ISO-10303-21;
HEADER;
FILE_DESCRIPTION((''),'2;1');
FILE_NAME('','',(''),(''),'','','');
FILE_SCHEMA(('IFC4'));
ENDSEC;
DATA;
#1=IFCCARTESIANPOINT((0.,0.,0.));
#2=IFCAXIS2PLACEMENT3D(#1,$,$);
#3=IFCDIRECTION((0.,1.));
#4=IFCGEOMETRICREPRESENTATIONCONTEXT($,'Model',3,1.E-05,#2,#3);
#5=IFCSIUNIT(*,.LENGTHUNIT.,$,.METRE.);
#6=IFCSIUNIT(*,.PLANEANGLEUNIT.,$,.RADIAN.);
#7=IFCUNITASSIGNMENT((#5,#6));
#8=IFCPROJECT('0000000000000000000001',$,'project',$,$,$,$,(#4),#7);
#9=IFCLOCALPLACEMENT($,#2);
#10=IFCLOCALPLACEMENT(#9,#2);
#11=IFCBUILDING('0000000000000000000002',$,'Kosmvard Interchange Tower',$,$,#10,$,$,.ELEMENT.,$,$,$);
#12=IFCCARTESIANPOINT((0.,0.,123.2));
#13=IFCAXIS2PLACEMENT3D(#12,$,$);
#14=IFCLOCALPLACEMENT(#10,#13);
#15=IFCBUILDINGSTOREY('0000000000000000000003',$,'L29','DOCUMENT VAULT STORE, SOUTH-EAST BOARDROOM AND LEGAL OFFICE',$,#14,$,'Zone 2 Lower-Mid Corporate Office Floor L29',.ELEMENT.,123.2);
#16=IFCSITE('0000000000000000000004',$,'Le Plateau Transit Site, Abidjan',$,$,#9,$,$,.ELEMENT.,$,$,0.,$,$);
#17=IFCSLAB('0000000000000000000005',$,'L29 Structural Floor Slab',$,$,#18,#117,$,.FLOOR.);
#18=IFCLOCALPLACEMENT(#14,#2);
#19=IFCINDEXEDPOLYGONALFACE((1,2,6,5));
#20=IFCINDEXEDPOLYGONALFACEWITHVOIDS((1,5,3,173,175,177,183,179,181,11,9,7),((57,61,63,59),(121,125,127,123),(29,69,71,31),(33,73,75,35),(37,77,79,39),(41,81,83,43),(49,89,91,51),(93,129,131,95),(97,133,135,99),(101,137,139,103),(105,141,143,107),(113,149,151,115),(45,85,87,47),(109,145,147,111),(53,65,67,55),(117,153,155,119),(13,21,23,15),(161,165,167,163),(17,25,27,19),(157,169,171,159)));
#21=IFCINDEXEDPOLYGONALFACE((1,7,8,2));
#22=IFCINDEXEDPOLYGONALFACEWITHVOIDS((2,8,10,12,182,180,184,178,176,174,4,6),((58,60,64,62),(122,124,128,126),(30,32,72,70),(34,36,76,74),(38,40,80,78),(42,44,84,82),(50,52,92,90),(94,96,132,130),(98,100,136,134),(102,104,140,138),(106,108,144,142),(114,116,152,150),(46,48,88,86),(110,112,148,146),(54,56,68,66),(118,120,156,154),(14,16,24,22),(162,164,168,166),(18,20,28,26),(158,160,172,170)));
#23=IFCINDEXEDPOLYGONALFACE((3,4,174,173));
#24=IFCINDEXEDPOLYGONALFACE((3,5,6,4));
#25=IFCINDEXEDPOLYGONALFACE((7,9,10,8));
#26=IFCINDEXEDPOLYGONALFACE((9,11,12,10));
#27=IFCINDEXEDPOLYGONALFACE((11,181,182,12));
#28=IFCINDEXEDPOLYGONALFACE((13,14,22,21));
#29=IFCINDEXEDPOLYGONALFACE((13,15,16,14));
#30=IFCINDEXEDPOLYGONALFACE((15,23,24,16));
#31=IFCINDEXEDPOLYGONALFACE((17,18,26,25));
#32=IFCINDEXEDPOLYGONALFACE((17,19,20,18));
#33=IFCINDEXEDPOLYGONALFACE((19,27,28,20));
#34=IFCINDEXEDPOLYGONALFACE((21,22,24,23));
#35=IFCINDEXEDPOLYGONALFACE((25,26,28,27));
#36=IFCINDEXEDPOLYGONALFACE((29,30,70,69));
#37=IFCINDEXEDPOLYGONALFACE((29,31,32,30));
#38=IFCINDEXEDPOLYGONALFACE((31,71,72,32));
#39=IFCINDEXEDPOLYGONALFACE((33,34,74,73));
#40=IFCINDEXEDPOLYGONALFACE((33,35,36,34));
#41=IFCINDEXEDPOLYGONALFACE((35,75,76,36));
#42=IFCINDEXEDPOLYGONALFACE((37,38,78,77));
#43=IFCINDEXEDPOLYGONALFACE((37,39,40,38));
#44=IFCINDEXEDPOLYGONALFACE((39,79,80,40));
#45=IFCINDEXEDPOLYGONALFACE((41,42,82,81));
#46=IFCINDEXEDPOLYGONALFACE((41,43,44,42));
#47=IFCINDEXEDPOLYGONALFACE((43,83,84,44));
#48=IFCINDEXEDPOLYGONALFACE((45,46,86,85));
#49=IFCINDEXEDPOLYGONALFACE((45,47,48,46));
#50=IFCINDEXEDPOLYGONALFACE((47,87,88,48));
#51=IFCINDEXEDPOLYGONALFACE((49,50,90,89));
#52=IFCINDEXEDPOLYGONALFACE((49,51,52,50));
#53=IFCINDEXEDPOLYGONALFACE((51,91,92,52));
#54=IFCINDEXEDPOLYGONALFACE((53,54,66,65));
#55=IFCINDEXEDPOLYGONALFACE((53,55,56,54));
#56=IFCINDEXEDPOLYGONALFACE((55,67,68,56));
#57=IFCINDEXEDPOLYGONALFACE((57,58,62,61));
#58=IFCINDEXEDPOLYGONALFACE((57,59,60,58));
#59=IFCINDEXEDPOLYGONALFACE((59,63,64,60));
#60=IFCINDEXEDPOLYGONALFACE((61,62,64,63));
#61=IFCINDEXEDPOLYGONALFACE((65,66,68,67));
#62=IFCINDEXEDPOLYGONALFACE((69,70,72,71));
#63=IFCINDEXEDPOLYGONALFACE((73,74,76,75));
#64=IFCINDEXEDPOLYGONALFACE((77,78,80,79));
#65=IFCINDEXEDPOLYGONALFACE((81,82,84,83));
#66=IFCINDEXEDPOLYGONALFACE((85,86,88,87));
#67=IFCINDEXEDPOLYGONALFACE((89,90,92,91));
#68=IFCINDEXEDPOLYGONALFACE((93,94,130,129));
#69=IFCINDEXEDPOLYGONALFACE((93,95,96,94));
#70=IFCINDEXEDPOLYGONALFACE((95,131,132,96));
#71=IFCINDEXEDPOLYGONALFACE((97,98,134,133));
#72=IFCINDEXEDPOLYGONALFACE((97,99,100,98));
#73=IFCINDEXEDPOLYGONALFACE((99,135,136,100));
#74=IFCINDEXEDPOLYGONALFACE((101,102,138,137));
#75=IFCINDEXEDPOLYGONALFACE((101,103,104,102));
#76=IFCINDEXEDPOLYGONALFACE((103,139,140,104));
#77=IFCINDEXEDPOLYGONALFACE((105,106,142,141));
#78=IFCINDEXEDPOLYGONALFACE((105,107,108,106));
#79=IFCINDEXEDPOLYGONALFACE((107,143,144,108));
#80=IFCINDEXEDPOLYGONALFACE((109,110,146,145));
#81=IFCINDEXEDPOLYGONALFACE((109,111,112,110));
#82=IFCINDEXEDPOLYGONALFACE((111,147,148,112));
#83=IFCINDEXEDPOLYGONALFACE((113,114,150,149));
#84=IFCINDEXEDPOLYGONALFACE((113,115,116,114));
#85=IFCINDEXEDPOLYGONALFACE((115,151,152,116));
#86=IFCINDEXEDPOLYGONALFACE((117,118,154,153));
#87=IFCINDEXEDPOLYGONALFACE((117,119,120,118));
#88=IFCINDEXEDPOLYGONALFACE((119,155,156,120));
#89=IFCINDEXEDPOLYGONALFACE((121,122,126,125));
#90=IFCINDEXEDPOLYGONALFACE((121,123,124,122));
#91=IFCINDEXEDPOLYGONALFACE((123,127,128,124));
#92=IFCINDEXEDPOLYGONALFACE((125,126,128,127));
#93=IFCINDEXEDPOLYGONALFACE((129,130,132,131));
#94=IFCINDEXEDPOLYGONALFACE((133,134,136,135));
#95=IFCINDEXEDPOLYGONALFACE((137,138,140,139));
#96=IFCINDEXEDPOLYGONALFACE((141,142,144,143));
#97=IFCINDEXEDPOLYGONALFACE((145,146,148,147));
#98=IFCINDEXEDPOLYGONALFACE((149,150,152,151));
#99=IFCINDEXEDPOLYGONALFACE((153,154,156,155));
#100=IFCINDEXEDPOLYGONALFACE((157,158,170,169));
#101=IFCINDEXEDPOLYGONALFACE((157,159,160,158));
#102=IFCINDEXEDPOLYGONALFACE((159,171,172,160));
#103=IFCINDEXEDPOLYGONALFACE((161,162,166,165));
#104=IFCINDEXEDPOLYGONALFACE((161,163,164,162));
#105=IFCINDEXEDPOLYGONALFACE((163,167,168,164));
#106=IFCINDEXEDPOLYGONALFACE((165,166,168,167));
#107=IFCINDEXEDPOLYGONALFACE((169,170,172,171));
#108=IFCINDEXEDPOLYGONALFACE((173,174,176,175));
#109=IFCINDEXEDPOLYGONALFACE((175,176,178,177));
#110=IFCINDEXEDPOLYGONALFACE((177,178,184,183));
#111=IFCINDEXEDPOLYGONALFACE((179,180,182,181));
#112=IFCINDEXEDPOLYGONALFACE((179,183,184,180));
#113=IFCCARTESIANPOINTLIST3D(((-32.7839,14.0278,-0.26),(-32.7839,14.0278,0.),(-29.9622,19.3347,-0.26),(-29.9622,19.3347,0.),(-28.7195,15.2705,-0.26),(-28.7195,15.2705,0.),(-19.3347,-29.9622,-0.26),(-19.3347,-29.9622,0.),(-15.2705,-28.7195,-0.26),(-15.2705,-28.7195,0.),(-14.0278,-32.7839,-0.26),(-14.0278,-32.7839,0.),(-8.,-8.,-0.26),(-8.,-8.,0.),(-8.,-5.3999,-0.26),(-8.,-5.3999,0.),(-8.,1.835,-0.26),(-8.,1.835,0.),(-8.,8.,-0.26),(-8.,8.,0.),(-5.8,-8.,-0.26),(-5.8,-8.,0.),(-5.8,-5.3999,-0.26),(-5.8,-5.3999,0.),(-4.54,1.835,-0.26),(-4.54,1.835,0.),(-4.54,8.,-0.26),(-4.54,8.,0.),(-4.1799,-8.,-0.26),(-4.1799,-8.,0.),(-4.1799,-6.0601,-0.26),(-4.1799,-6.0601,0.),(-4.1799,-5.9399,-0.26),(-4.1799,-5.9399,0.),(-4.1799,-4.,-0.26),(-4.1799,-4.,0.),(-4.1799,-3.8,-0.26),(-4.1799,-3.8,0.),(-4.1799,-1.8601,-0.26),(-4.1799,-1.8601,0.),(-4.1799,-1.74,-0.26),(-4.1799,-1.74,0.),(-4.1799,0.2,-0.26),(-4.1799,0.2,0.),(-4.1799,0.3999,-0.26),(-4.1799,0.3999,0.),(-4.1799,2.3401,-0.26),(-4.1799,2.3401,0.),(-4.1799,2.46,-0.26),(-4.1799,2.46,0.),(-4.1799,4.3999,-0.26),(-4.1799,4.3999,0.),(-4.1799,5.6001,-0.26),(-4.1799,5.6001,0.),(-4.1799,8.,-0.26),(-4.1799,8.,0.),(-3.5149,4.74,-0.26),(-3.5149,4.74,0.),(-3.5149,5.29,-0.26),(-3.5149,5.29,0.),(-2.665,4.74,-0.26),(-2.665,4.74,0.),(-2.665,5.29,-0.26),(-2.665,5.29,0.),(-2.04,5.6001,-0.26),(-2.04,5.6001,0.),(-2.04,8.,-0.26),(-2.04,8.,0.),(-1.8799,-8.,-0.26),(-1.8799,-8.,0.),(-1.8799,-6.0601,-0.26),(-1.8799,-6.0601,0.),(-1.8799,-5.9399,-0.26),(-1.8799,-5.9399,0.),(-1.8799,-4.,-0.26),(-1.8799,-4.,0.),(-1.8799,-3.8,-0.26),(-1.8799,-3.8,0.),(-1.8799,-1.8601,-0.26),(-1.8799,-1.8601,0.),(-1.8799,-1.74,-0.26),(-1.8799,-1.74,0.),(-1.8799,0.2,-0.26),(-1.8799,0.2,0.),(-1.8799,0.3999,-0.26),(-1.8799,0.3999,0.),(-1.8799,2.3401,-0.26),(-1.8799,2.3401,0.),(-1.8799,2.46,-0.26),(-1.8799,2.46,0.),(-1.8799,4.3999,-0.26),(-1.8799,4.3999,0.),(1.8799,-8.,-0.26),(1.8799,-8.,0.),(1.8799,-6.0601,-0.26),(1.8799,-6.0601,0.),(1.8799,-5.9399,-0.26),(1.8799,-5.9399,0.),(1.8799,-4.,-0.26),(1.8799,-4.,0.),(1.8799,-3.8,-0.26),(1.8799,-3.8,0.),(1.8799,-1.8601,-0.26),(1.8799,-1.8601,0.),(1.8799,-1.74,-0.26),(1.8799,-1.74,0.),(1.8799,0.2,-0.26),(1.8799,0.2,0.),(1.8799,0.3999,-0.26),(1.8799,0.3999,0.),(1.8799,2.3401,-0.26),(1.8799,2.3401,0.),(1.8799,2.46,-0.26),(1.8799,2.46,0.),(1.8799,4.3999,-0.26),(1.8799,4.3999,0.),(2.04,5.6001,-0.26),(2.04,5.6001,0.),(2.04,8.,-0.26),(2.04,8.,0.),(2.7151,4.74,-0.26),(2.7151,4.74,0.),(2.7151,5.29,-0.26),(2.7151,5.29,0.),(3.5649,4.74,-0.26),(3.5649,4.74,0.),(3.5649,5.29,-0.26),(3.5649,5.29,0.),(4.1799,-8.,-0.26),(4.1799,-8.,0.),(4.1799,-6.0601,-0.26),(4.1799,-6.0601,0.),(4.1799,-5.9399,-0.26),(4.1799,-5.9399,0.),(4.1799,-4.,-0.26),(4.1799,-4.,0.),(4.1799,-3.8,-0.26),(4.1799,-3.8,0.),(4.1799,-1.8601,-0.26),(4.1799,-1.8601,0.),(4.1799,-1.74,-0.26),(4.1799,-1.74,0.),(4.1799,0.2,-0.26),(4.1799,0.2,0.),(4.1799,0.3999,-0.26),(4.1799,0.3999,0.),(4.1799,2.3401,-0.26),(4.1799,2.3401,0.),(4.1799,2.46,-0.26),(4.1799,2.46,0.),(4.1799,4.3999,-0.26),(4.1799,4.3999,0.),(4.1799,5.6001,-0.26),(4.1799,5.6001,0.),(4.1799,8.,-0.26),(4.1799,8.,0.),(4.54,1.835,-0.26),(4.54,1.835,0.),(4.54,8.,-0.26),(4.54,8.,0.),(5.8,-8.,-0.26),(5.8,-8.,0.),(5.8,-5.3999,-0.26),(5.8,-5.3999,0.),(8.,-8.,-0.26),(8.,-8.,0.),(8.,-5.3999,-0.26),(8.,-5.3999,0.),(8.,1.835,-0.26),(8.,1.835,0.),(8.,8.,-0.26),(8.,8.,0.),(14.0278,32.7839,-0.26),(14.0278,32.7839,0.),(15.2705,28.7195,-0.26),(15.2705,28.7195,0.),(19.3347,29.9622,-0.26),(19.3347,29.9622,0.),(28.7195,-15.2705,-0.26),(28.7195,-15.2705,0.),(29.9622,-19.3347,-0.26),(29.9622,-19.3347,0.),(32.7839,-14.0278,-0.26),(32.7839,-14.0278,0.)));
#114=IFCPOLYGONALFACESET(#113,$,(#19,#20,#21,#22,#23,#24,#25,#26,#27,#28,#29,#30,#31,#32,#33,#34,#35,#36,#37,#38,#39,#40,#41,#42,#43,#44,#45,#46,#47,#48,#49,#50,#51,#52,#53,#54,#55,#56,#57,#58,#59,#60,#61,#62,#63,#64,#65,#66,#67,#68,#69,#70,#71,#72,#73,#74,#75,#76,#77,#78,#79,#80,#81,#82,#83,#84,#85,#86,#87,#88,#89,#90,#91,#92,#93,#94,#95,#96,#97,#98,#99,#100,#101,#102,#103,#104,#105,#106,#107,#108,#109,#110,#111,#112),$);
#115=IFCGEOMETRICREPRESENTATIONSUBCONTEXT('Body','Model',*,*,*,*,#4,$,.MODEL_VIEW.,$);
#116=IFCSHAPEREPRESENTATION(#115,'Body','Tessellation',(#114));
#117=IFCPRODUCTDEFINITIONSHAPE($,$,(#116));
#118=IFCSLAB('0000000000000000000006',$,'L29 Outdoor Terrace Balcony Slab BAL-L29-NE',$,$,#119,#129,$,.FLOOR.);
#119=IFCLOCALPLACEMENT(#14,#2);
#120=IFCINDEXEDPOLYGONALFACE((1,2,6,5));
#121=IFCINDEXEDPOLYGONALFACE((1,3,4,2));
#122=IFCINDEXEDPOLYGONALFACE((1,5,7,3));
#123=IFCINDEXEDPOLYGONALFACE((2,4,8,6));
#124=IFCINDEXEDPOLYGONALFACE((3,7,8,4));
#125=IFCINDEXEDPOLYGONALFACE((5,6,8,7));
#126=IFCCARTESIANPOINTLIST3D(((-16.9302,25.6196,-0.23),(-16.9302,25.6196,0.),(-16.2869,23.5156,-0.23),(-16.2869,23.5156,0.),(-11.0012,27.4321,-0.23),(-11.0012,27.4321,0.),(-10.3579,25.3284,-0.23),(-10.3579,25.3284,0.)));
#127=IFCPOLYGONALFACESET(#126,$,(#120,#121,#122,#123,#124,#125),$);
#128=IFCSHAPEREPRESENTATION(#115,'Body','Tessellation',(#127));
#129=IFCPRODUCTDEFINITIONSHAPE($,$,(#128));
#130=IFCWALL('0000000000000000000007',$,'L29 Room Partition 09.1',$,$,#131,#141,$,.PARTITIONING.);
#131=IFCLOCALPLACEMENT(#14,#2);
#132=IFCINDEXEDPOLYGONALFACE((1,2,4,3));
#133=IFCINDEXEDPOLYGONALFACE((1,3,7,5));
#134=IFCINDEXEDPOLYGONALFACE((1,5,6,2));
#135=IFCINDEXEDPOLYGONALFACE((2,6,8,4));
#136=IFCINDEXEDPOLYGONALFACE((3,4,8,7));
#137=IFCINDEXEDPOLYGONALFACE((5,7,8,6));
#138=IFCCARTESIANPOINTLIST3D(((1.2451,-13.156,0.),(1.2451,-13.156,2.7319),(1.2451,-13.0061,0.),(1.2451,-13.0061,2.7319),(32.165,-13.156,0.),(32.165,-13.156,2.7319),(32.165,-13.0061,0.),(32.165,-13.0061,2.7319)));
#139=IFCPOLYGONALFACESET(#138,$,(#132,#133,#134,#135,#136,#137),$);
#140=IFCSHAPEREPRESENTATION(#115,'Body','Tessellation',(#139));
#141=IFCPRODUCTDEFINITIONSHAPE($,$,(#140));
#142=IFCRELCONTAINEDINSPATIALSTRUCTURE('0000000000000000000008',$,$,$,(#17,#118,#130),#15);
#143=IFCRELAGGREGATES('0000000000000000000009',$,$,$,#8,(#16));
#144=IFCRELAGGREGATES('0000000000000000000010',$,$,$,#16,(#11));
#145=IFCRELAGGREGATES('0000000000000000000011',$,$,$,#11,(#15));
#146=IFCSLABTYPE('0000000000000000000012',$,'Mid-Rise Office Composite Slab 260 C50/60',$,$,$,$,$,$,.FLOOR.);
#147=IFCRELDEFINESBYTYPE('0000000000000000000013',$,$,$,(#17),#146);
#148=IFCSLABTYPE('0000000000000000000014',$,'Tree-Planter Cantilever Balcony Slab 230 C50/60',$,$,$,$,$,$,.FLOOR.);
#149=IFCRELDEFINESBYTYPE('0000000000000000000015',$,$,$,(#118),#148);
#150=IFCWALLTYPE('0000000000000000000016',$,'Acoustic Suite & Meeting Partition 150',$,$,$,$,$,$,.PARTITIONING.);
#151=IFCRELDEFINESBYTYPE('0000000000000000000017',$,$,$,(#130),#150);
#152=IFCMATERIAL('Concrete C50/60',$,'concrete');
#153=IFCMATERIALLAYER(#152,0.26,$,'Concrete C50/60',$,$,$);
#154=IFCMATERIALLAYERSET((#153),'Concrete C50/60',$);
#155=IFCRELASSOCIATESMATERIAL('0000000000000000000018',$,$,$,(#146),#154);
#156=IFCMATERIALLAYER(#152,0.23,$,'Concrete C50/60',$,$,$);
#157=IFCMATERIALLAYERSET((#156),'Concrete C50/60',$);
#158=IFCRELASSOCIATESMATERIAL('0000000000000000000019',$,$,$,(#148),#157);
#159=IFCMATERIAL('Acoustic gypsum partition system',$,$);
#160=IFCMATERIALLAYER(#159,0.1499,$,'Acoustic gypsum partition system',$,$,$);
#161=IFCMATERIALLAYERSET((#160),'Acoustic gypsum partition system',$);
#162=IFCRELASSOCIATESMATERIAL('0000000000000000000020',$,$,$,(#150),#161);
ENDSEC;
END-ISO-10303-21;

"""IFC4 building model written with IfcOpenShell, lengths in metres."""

from ifc_helpers import new_model, si_unit, direction, frame, frame_2d, origin, place, context, subcontext, project, spatial, polyline, rectangle, outline, extrude, material, layer, layer_set, type_object, element, save


model = new_model("IFC4")

# Units and contexts
model_context = context("Model", 3, precision=1e-05, world=origin(), true_north=direction((0.0, 1.0)))
body_context = subcontext(model_context, "Body", "Model", "MODEL_VIEW")
ifc_project = project(units=[si_unit("LENGTHUNIT", "METRE"), si_unit("PLANEANGLEUNIT", "RADIAN")], contexts=[model_context])

# Site, building, storey
site_placement = place(None, origin())
site = spatial("IfcSite", under=ifc_project, at=site_placement, Name="Le Plateau Transit Site, Abidjan", CompositionType="ELEMENT", RefElevation=0.0)
building_placement = place(site_placement, origin())
building = spatial("IfcBuilding", under=site, at=building_placement, Name="Kosmvard Interchange Tower", CompositionType="ELEMENT")
storey_placement = place(building_placement, frame((0.0, 0.0, 123.2)))
storey = spatial("IfcBuildingStorey", under=building, at=storey_placement, Name="L29", Description="DOCUMENT VAULT STORE, SOUTH-EAST BOARDROOM AND LEGAL OFFICE", LongName="Zone 2 Lower-Mid Corporate Office Floor L29", CompositionType="ELEMENT", Elevation=123.2)

# Slabs
ifc_material_1 = material(Name="Concrete C50/60", Category="concrete")
ifc_layer_1 = layer(ifc_material_1, 0.26, Name="Concrete C50/60")
ifc_layer_set_1 = layer_set([ifc_layer_1], Name="Concrete C50/60")
slab_type_1 = type_object("IfcSlabType", Name="Mid-Rise Office Composite Slab 260 C50/60", PredefinedType="FLOOR", material=ifc_layer_set_1)
slab_1_placement = place(storey_placement, frame((0.0, 0.0, -0.26)))
element("IfcSlab", 1, at=slab_1_placement, inside=storey, type_object=slab_type_1, Name="L29 Structural Floor Slab", PredefinedType="FLOOR", context=body_context, shape_type="SweptSolid", body=[
    extrude(outline(polyline([(-14.0278, -32.7839), (29.9622, -19.3347), (28.7195, -15.2705), (32.7839, -14.0278), (19.3347, 29.9622), (15.2705, 28.7195), (14.0278, 32.7839), (-29.9622, 19.3347), (-28.7195, 15.2705), (-32.7839, 14.0278), (-19.3347, -29.9622), (-15.2705, -28.7195), (-14.0278, -32.7839)]), holes=[polyline([(-8.0, 1.835), (-4.54, 1.835), (-4.54, 8.0), (-8.0, 8.0), (-8.0, 1.835)]), polyline([(4.54, 1.835), (8.0, 1.835), (8.0, 8.0), (4.54, 8.0), (4.54, 1.835)]), polyline([(-8.0, -8.0), (-5.8, -8.0), (-5.8, -5.3999), (-8.0, -5.3999), (-8.0, -8.0)]), polyline([(5.8, -8.0), (8.0, -8.0), (8.0, -5.3999), (5.8, -5.3999), (5.8, -8.0)]), polyline([(-4.1799, -8.0), (-1.8799, -8.0), (-1.8799, -6.0601), (-4.1799, -6.0601), (-4.1799, -8.0)]), polyline([(-4.1799, -5.9399), (-1.8799, -5.9399), (-1.8799, -4.0), (-4.1799, -4.0), (-4.1799, -5.9399)]), polyline([(1.8799, -8.0), (4.1799, -8.0), (4.1799, -6.0601), (1.8799, -6.0601), (1.8799, -8.0)]), polyline([(1.8799, -5.9399), (4.1799, -5.9399), (4.1799, -4.0), (1.8799, -4.0), (1.8799, -5.9399)]), polyline([(-4.1799, -3.8), (-1.8799, -3.8), (-1.8799, -1.8601), (-4.1799, -1.8601), (-4.1799, -3.8)]), polyline([(-4.1799, -1.74), (-1.8799, -1.74), (-1.8799, 0.2), (-4.1799, 0.2), (-4.1799, -1.74)]), polyline([(1.8799, -3.8), (4.1799, -3.8), (4.1799, -1.8601), (1.8799, -1.8601), (1.8799, -3.8)]), polyline([(1.8799, -1.74), (4.1799, -1.74), (4.1799, 0.2), (1.8799, 0.2), (1.8799, -1.74)]), polyline([(-4.1799, 0.3999), (-1.8799, 0.3999), (-1.8799, 2.3401), (-4.1799, 2.3401), (-4.1799, 0.3999)]), polyline([(-4.1799, 2.46), (-1.8799, 2.46), (-1.8799, 4.3999), (-4.1799, 4.3999), (-4.1799, 2.46)]), polyline([(1.8799, 0.3999), (4.1799, 0.3999), (4.1799, 2.3401), (1.8799, 2.3401), (1.8799, 0.3999)]), polyline([(1.8799, 2.46), (4.1799, 2.46), (4.1799, 4.3999), (1.8799, 4.3999), (1.8799, 2.46)]), polyline([(-4.1799, 5.6001), (-2.04, 5.6001), (-2.04, 8.0), (-4.1799, 8.0), (-4.1799, 5.6001)]), polyline([(2.04, 5.6001), (4.1799, 5.6001), (4.1799, 8.0), (2.04, 8.0), (2.04, 5.6001)]), polyline([(-3.5149, 4.74), (-2.665, 4.74), (-2.665, 5.29), (-3.5149, 5.29), (-3.5149, 4.74)]), polyline([(2.7151, 4.74), (3.5649, 4.74), (3.5649, 5.29), (2.7151, 5.29), (2.7151, 4.74)])]), origin(), (0.0, 0.0, 1.0), 0.26),
])
ifc_layer_2 = layer(ifc_material_1, 0.23, Name="Concrete C50/60")
ifc_layer_set_2 = layer_set([ifc_layer_2], Name="Concrete C50/60")
slab_type_2 = type_object("IfcSlabType", Name="Tree-Planter Cantilever Balcony Slab 230 C50/60", PredefinedType="FLOOR", material=ifc_layer_set_2)
slab_2_placement = place(storey_placement, frame((0.0, 0.0, -0.23)))
element("IfcSlab", 2, at=slab_2_placement, inside=storey, type_object=slab_type_2, Name="L29 Outdoor Terrace Balcony Slab BAL-L29-NE", PredefinedType="FLOOR", context=body_context, shape_type="SweptSolid", body=[
    extrude(outline(polyline([(-16.2869, 23.5156), (-10.3579, 25.3284), (-11.0012, 27.4321), (-16.9302, 25.6196), (-16.2869, 23.5156)])), origin(), (0.0, 0.0, 1.0), 0.23),
])

# Wall
ifc_material_2 = material(Name="Acoustic gypsum partition system")
ifc_layer_3 = layer(ifc_material_2, 0.1499, Name="Acoustic gypsum partition system")
ifc_layer_set_3 = layer_set([ifc_layer_3], Name="Acoustic gypsum partition system")
wall_type_1 = type_object("IfcWallType", Name="Acoustic Suite & Meeting Partition 150", PredefinedType="PARTITIONING", material=ifc_layer_set_3)
wall_1_placement = place(storey_placement, frame((1.2451, -13.0811, 0.0), z_axis=(0.0, 0.0, 1.0), x_axis=(1.0, 0.0, 0.0)))
element("IfcWall", 3, at=wall_1_placement, inside=storey, type_object=wall_type_1, Name="L29 Room Partition 09.1", PredefinedType="PARTITIONING", context=body_context, shape_type="SweptSolid", body=[
    extrude(rectangle(XDim=30.9199, YDim=0.1499, at=frame_2d((15.46, 0.0))), origin(), (0.0, 0.0, 1.0), 2.7319),
])

save(model, "model.ifc")
